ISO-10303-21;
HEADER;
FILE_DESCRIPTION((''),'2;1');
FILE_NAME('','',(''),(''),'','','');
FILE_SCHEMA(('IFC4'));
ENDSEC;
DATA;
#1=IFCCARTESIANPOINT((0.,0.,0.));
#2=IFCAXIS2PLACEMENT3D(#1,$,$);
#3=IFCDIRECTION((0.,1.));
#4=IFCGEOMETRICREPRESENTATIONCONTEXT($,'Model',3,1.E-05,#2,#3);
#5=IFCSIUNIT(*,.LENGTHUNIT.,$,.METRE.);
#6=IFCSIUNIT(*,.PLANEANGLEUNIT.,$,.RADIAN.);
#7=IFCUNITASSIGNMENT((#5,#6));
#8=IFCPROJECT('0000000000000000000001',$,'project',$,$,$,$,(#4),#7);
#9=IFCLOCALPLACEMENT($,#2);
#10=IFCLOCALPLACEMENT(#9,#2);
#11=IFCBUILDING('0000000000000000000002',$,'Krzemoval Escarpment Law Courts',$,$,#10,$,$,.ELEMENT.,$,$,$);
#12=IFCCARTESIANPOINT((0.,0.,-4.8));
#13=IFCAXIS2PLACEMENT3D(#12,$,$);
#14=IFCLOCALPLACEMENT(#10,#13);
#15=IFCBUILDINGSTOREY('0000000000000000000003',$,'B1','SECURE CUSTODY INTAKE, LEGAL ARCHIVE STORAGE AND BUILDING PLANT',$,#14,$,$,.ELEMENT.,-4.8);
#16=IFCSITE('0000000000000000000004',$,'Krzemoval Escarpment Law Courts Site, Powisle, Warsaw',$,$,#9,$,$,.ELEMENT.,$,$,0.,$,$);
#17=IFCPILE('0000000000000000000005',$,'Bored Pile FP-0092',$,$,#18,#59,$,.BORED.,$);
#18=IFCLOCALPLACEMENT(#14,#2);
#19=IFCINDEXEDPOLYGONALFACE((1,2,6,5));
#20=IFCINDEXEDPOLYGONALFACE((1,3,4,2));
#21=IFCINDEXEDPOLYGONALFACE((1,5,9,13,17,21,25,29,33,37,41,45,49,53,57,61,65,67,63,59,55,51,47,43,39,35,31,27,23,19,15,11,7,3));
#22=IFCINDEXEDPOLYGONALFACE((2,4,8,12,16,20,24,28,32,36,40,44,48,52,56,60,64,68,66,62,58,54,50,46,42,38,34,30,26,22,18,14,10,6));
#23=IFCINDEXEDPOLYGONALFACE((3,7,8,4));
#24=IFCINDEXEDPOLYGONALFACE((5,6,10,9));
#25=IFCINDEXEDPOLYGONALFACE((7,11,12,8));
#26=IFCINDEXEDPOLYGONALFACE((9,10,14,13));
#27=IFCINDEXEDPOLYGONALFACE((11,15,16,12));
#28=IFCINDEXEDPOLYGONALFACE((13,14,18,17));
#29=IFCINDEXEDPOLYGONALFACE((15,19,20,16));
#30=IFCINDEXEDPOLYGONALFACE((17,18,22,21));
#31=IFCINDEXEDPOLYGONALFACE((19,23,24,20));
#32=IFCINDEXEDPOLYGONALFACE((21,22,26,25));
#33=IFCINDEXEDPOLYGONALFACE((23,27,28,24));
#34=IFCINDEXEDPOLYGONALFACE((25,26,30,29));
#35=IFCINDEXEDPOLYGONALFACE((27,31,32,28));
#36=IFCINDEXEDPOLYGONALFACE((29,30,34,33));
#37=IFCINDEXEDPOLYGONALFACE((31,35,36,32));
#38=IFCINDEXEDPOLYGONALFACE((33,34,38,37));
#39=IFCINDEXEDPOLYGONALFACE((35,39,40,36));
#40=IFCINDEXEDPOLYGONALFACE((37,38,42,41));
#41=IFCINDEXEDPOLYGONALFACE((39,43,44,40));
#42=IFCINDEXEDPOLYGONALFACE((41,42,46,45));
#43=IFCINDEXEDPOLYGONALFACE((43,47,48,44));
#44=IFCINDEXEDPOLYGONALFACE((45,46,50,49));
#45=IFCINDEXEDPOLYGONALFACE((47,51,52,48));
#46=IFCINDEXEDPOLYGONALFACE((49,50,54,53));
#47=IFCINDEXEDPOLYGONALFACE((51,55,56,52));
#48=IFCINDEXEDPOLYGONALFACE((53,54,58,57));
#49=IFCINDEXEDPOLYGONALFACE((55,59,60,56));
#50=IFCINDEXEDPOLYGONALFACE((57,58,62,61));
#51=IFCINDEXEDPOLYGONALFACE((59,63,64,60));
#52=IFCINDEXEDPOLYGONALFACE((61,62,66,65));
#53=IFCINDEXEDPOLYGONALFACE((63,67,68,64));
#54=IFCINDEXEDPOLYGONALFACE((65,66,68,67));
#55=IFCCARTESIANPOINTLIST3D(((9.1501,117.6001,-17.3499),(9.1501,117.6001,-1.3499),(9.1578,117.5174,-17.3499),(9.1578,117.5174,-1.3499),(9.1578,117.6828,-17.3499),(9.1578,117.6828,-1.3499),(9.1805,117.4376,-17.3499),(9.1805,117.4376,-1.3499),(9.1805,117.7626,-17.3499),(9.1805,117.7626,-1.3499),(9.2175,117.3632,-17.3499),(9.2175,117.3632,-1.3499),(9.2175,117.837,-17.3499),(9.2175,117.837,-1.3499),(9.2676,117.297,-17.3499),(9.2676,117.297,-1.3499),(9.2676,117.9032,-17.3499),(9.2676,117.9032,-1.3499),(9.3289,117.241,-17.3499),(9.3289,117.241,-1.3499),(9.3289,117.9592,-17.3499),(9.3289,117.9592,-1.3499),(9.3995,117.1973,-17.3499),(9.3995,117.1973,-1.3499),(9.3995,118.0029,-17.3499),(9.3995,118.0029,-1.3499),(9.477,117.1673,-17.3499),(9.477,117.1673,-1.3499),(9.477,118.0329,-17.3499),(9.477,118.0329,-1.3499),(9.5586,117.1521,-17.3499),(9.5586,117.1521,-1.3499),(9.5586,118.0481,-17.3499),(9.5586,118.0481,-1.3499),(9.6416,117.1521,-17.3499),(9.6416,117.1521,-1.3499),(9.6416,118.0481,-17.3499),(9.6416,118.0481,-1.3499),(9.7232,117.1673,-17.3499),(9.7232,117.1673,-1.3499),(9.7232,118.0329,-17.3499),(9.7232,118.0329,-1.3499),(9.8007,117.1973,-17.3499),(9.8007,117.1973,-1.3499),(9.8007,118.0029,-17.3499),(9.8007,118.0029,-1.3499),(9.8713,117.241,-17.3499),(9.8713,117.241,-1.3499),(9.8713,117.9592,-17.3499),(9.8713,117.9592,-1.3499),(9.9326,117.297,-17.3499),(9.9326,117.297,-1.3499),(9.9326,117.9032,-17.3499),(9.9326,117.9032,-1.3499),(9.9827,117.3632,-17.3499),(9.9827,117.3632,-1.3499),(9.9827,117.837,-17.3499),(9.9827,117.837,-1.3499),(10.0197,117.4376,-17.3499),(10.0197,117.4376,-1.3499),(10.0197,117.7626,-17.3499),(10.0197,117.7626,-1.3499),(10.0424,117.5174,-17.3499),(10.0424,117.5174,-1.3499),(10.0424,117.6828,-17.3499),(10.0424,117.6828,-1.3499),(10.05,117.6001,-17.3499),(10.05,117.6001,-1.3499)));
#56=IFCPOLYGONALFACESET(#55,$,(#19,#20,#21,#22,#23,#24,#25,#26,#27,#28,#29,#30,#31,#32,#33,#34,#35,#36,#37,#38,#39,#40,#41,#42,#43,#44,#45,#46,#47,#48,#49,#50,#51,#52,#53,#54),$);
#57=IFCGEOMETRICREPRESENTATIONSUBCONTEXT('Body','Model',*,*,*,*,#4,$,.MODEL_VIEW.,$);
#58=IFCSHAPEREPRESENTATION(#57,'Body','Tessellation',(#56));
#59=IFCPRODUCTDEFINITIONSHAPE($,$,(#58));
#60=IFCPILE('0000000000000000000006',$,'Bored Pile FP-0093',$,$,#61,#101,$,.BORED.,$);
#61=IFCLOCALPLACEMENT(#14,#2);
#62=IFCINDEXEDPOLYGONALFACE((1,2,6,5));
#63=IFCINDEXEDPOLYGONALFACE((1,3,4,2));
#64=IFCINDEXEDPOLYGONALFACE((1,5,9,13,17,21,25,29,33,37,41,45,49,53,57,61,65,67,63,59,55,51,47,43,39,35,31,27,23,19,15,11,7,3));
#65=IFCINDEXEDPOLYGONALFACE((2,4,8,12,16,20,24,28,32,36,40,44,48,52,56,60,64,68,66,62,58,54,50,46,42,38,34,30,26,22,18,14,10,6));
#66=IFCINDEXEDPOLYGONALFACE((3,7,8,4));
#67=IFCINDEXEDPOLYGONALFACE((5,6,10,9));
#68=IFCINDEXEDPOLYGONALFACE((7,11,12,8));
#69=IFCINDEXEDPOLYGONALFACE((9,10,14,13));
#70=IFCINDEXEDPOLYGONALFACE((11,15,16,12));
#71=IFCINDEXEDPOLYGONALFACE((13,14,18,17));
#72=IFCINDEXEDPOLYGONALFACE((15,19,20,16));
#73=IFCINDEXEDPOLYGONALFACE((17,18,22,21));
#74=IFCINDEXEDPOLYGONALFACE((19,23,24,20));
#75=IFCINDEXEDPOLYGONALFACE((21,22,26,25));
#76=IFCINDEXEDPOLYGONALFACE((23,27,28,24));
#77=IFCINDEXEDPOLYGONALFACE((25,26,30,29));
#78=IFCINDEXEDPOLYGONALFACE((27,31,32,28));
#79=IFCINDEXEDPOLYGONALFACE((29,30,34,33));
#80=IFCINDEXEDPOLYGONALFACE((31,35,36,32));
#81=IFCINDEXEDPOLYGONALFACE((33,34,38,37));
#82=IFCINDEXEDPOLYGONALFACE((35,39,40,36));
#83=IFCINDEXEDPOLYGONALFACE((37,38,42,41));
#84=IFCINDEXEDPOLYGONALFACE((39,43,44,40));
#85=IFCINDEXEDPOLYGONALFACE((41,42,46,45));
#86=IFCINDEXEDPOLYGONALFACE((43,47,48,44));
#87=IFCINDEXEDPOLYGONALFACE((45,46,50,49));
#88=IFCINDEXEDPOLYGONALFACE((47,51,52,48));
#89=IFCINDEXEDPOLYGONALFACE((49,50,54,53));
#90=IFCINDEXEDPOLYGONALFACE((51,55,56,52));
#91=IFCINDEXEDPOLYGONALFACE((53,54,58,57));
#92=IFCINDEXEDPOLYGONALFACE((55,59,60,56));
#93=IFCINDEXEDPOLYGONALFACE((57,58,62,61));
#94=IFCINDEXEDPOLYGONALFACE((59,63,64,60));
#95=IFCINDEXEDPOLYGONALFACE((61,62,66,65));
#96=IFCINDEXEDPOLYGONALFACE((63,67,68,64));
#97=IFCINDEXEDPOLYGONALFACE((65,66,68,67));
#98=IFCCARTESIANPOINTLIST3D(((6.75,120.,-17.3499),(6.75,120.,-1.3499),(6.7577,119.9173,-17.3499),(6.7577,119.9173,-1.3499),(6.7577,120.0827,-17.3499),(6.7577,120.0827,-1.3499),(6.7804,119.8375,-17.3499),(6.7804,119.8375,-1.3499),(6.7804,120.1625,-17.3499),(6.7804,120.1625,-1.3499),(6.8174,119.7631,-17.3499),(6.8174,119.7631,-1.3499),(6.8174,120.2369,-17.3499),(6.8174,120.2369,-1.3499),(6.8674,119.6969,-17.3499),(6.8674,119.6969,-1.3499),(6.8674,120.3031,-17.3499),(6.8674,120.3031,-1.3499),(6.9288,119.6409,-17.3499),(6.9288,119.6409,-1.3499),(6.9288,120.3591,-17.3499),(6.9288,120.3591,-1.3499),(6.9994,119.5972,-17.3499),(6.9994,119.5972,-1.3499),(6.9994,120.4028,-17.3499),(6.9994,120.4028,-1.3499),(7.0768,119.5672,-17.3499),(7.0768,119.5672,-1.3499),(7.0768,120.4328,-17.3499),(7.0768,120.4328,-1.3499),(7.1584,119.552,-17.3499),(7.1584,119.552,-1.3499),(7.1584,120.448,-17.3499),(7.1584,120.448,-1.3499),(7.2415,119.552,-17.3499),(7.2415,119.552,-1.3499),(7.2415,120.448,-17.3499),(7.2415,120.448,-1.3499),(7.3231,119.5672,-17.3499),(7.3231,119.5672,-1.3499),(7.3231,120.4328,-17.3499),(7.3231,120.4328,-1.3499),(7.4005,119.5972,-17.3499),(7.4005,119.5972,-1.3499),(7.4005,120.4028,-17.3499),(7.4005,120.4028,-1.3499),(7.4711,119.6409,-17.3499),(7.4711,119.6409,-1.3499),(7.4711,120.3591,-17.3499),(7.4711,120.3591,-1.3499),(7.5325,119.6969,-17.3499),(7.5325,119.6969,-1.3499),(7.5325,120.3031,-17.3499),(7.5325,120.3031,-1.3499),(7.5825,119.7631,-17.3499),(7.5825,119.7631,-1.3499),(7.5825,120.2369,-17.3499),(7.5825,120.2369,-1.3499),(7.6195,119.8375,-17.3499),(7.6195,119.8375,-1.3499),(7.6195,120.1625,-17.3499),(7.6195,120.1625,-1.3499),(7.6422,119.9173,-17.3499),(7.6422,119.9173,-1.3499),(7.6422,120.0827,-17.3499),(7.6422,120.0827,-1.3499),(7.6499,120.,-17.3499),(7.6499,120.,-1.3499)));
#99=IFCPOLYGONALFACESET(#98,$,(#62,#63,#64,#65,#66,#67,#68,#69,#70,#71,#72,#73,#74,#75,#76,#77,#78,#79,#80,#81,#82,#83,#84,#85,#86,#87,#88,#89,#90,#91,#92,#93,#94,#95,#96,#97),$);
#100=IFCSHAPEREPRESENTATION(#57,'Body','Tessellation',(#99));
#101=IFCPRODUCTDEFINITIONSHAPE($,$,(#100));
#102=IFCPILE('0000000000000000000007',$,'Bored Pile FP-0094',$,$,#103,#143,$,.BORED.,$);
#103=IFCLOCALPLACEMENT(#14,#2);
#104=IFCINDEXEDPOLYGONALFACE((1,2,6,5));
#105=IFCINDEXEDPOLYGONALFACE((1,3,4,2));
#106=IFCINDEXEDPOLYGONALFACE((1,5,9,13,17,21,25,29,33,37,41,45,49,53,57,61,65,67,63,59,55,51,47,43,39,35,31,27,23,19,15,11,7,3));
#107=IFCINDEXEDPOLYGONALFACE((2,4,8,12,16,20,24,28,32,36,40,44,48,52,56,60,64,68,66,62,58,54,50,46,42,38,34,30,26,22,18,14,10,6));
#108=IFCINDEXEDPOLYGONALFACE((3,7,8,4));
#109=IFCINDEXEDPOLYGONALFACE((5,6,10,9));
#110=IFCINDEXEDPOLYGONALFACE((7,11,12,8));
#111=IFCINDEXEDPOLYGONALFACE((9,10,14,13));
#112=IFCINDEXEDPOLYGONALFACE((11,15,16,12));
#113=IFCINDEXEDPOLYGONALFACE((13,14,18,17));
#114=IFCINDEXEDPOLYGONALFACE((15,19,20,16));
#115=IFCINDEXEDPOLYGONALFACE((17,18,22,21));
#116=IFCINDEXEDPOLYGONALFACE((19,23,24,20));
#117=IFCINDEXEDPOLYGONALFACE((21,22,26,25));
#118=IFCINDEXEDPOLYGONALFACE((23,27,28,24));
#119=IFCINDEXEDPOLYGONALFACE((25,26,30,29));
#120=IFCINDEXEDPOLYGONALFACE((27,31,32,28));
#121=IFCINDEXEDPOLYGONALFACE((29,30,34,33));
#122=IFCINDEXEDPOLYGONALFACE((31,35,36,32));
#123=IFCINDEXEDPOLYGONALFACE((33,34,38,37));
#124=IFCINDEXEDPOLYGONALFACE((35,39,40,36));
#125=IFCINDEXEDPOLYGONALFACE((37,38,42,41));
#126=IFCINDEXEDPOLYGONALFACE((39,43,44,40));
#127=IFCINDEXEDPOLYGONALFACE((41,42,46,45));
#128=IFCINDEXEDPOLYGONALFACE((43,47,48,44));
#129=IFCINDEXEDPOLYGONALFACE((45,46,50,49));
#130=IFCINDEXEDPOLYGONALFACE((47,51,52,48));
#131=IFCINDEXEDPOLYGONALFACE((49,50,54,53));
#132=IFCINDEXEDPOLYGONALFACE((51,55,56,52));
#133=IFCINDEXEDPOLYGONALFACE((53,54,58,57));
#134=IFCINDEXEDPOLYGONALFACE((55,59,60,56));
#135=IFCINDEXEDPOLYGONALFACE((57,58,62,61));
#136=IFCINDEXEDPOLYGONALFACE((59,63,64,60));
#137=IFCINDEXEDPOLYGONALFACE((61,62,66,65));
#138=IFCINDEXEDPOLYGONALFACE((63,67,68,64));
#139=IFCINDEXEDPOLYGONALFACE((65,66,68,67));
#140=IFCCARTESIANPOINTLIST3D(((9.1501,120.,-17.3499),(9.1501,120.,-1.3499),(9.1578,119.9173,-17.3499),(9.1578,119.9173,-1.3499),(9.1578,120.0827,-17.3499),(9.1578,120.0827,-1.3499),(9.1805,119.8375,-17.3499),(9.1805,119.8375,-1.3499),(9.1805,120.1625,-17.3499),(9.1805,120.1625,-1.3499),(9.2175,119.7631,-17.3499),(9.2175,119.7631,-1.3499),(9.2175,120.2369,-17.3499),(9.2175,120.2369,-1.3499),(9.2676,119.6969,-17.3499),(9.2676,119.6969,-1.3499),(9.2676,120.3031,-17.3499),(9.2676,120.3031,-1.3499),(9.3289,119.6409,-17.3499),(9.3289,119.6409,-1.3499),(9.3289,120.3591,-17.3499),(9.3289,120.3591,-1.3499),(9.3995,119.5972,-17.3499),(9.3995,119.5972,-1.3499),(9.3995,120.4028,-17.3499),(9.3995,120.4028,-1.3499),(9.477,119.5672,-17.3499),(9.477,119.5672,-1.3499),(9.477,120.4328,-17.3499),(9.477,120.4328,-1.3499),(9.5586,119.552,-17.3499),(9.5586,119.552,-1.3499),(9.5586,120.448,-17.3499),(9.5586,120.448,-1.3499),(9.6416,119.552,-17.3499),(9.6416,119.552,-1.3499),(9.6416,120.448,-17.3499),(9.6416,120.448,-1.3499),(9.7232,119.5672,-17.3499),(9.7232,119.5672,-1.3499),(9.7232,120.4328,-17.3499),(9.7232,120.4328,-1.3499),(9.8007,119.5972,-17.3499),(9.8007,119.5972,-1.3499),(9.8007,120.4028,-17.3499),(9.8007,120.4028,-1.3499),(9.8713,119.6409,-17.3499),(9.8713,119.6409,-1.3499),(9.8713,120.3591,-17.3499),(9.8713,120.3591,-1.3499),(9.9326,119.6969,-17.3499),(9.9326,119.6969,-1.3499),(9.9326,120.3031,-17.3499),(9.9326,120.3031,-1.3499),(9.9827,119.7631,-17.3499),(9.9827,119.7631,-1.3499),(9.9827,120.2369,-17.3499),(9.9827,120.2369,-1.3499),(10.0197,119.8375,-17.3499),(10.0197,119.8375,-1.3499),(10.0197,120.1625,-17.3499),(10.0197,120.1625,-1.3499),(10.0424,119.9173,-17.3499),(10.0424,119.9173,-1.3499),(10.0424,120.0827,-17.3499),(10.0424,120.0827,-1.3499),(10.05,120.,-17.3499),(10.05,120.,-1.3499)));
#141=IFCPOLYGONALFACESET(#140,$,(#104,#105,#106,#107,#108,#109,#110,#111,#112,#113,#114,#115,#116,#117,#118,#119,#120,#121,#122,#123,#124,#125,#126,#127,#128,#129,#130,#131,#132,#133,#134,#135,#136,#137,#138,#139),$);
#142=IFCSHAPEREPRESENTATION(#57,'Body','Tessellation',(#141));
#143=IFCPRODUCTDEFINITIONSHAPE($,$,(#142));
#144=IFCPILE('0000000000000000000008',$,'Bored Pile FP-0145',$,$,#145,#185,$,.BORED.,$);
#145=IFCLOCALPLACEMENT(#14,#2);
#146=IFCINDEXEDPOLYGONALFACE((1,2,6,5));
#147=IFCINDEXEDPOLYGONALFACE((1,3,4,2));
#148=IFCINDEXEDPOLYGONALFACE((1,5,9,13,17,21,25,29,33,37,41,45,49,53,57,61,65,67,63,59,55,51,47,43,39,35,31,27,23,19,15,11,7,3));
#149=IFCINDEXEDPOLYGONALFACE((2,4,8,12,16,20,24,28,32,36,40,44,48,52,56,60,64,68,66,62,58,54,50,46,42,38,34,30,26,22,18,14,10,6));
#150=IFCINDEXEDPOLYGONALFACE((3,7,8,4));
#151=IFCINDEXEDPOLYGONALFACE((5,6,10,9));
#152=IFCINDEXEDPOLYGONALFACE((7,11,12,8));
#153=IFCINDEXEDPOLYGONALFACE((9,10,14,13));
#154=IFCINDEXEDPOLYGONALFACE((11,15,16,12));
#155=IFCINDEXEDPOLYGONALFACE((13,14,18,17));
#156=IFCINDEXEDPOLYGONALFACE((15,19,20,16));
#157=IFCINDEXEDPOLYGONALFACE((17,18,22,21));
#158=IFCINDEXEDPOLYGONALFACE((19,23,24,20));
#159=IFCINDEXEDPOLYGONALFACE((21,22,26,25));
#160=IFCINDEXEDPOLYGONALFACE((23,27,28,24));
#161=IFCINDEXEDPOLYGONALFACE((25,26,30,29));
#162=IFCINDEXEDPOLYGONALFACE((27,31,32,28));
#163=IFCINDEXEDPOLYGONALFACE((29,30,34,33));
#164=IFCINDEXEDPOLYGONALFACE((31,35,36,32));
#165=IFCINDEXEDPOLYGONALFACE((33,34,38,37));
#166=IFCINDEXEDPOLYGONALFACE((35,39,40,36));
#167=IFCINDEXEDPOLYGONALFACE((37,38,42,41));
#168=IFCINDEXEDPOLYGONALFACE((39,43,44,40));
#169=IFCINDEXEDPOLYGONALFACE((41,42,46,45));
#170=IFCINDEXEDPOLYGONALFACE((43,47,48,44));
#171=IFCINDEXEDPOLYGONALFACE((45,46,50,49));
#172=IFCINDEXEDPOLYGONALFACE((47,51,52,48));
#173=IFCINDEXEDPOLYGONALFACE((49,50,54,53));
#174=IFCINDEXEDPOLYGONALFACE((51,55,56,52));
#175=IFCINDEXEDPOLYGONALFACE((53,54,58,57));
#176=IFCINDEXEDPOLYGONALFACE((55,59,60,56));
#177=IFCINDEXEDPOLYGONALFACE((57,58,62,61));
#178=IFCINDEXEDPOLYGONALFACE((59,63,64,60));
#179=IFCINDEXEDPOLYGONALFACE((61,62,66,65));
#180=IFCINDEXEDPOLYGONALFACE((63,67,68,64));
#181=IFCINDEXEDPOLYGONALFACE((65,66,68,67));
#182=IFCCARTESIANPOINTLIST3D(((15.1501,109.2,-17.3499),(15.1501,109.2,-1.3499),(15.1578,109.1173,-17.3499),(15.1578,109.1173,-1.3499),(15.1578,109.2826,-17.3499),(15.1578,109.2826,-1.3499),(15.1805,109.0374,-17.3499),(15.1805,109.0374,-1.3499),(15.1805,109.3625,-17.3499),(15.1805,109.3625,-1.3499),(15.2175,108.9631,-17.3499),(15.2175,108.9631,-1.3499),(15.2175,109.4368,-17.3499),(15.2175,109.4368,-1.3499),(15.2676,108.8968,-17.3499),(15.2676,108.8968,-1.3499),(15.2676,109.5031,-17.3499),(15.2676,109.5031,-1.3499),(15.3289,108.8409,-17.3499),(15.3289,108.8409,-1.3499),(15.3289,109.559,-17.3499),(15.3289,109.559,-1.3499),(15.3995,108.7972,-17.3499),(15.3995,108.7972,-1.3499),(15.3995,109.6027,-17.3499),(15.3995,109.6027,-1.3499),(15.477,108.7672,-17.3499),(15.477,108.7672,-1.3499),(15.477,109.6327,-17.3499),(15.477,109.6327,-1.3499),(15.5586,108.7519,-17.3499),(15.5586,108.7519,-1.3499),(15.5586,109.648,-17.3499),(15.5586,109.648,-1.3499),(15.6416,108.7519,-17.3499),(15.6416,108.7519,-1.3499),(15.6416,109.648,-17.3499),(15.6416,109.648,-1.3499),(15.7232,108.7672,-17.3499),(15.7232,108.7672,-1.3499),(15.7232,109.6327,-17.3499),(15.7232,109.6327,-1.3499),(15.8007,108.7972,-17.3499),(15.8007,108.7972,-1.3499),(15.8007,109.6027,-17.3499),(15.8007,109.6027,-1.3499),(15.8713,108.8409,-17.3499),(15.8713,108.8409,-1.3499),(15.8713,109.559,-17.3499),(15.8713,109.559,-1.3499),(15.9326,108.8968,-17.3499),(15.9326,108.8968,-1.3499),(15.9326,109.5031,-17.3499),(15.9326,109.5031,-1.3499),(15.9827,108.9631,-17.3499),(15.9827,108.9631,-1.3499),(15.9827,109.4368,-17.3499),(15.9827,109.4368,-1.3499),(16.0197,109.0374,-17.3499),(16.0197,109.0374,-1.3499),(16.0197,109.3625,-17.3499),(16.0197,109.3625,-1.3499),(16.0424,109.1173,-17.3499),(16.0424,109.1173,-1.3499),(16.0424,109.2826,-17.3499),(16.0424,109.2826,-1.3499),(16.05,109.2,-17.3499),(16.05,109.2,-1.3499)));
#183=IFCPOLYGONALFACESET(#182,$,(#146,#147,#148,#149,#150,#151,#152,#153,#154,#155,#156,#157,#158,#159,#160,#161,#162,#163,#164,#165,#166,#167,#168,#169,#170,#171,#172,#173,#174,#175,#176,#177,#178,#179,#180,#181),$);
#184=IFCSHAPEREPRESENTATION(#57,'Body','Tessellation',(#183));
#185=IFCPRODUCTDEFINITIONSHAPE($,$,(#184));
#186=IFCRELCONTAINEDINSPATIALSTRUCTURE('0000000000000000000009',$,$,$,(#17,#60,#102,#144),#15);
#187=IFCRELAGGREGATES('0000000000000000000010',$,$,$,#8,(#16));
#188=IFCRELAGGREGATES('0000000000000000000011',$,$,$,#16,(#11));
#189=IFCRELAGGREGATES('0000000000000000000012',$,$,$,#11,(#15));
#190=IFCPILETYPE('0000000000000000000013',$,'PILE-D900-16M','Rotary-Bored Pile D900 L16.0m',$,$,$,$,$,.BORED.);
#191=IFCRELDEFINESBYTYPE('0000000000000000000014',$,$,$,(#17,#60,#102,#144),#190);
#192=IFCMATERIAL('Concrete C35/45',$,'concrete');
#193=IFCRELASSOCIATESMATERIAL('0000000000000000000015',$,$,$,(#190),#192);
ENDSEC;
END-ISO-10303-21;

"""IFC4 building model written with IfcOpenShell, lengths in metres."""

from ifc_helpers import new_model, si_unit, direction, frame, origin, origin_2d, place, context, subcontext, project, spatial, circle, extrude, material, material_profile, profile_set, type_object, element, save


model = new_model("IFC4")

# Units and contexts
model_context = context("Model", 3, precision=1e-05, world=origin(), true_north=direction((0.0, 1.0)))
body_context = subcontext(model_context, "Body", "Model", "MODEL_VIEW")
ifc_project = project(units=[si_unit("LENGTHUNIT", "METRE"), si_unit("PLANEANGLEUNIT", "RADIAN")], contexts=[model_context])

# Site, building, storey
site_placement = place(None, origin())
site = spatial("IfcSite", under=ifc_project, at=site_placement, Name="Krzemoval Escarpment Law Courts Site, Powisle, Warsaw", CompositionType="ELEMENT", RefElevation=0.0)
building_placement = place(site_placement, origin())
building = spatial("IfcBuilding", under=site, at=building_placement, Name="Krzemoval Escarpment Law Courts", CompositionType="ELEMENT")
storey_placement = place(building_placement, frame((0.0, 0.0, -4.8)))
storey = spatial("IfcBuildingStorey", under=building, at=storey_placement, Name="B1", Description="SECURE CUSTODY INTAKE, LEGAL ARCHIVE STORAGE AND BUILDING PLANT", CompositionType="ELEMENT", Elevation=-4.8)

# Piles
ifc_material_1 = material(Name="Concrete C35/45", Category="concrete")
ifc_material_profile_1 = material_profile(ifc_material_1, circle(Radius=0.45, at=origin_2d()), Name="PILE D900")
ifc_profile_set_1 = profile_set([ifc_material_profile_1], Name="Concrete C35/45")
pile_type = type_object("IfcPileType", Name="PILE-D900-16M", Description="Rotary-Bored Pile D900 L16.0m", PredefinedType="BORED", material=ifc_profile_set_1)
for number, where, z_axis, x_axis, name in (
    (1, (9.6001, 117.6001, -1.3499), (0.0, 0.0, -1.0), (1.0, 0.0, 0.0), "Bored Pile FP-0092"),
    (2, (7.2, 120.0, -1.3499), (0.0, 0.0, -1.0), (1.0, 0.0, 0.0), "Bored Pile FP-0093"),
    (3, (9.6001, 120.0, -1.3499), (0.0, 0.0, -1.0), (1.0, 0.0, 0.0), "Bored Pile FP-0094"),
    (4, (15.6001, 109.2, -1.3499), (0.0, 0.0, -1.0), (1.0, 0.0, 0.0), "Bored Pile FP-0145"),
):
    element("IfcPile", number, at=place(storey_placement, frame(where, z_axis=z_axis, x_axis=x_axis)), inside=storey, type_object=pile_type, Name=name, PredefinedType="BORED", context=body_context, shape_type="SweptSolid", body=[
        extrude(circle(Radius=0.45, at=origin_2d()), origin(), (0.0, 0.0, 1.0), 16.0),
    ])

save(model, "model.ifc")
